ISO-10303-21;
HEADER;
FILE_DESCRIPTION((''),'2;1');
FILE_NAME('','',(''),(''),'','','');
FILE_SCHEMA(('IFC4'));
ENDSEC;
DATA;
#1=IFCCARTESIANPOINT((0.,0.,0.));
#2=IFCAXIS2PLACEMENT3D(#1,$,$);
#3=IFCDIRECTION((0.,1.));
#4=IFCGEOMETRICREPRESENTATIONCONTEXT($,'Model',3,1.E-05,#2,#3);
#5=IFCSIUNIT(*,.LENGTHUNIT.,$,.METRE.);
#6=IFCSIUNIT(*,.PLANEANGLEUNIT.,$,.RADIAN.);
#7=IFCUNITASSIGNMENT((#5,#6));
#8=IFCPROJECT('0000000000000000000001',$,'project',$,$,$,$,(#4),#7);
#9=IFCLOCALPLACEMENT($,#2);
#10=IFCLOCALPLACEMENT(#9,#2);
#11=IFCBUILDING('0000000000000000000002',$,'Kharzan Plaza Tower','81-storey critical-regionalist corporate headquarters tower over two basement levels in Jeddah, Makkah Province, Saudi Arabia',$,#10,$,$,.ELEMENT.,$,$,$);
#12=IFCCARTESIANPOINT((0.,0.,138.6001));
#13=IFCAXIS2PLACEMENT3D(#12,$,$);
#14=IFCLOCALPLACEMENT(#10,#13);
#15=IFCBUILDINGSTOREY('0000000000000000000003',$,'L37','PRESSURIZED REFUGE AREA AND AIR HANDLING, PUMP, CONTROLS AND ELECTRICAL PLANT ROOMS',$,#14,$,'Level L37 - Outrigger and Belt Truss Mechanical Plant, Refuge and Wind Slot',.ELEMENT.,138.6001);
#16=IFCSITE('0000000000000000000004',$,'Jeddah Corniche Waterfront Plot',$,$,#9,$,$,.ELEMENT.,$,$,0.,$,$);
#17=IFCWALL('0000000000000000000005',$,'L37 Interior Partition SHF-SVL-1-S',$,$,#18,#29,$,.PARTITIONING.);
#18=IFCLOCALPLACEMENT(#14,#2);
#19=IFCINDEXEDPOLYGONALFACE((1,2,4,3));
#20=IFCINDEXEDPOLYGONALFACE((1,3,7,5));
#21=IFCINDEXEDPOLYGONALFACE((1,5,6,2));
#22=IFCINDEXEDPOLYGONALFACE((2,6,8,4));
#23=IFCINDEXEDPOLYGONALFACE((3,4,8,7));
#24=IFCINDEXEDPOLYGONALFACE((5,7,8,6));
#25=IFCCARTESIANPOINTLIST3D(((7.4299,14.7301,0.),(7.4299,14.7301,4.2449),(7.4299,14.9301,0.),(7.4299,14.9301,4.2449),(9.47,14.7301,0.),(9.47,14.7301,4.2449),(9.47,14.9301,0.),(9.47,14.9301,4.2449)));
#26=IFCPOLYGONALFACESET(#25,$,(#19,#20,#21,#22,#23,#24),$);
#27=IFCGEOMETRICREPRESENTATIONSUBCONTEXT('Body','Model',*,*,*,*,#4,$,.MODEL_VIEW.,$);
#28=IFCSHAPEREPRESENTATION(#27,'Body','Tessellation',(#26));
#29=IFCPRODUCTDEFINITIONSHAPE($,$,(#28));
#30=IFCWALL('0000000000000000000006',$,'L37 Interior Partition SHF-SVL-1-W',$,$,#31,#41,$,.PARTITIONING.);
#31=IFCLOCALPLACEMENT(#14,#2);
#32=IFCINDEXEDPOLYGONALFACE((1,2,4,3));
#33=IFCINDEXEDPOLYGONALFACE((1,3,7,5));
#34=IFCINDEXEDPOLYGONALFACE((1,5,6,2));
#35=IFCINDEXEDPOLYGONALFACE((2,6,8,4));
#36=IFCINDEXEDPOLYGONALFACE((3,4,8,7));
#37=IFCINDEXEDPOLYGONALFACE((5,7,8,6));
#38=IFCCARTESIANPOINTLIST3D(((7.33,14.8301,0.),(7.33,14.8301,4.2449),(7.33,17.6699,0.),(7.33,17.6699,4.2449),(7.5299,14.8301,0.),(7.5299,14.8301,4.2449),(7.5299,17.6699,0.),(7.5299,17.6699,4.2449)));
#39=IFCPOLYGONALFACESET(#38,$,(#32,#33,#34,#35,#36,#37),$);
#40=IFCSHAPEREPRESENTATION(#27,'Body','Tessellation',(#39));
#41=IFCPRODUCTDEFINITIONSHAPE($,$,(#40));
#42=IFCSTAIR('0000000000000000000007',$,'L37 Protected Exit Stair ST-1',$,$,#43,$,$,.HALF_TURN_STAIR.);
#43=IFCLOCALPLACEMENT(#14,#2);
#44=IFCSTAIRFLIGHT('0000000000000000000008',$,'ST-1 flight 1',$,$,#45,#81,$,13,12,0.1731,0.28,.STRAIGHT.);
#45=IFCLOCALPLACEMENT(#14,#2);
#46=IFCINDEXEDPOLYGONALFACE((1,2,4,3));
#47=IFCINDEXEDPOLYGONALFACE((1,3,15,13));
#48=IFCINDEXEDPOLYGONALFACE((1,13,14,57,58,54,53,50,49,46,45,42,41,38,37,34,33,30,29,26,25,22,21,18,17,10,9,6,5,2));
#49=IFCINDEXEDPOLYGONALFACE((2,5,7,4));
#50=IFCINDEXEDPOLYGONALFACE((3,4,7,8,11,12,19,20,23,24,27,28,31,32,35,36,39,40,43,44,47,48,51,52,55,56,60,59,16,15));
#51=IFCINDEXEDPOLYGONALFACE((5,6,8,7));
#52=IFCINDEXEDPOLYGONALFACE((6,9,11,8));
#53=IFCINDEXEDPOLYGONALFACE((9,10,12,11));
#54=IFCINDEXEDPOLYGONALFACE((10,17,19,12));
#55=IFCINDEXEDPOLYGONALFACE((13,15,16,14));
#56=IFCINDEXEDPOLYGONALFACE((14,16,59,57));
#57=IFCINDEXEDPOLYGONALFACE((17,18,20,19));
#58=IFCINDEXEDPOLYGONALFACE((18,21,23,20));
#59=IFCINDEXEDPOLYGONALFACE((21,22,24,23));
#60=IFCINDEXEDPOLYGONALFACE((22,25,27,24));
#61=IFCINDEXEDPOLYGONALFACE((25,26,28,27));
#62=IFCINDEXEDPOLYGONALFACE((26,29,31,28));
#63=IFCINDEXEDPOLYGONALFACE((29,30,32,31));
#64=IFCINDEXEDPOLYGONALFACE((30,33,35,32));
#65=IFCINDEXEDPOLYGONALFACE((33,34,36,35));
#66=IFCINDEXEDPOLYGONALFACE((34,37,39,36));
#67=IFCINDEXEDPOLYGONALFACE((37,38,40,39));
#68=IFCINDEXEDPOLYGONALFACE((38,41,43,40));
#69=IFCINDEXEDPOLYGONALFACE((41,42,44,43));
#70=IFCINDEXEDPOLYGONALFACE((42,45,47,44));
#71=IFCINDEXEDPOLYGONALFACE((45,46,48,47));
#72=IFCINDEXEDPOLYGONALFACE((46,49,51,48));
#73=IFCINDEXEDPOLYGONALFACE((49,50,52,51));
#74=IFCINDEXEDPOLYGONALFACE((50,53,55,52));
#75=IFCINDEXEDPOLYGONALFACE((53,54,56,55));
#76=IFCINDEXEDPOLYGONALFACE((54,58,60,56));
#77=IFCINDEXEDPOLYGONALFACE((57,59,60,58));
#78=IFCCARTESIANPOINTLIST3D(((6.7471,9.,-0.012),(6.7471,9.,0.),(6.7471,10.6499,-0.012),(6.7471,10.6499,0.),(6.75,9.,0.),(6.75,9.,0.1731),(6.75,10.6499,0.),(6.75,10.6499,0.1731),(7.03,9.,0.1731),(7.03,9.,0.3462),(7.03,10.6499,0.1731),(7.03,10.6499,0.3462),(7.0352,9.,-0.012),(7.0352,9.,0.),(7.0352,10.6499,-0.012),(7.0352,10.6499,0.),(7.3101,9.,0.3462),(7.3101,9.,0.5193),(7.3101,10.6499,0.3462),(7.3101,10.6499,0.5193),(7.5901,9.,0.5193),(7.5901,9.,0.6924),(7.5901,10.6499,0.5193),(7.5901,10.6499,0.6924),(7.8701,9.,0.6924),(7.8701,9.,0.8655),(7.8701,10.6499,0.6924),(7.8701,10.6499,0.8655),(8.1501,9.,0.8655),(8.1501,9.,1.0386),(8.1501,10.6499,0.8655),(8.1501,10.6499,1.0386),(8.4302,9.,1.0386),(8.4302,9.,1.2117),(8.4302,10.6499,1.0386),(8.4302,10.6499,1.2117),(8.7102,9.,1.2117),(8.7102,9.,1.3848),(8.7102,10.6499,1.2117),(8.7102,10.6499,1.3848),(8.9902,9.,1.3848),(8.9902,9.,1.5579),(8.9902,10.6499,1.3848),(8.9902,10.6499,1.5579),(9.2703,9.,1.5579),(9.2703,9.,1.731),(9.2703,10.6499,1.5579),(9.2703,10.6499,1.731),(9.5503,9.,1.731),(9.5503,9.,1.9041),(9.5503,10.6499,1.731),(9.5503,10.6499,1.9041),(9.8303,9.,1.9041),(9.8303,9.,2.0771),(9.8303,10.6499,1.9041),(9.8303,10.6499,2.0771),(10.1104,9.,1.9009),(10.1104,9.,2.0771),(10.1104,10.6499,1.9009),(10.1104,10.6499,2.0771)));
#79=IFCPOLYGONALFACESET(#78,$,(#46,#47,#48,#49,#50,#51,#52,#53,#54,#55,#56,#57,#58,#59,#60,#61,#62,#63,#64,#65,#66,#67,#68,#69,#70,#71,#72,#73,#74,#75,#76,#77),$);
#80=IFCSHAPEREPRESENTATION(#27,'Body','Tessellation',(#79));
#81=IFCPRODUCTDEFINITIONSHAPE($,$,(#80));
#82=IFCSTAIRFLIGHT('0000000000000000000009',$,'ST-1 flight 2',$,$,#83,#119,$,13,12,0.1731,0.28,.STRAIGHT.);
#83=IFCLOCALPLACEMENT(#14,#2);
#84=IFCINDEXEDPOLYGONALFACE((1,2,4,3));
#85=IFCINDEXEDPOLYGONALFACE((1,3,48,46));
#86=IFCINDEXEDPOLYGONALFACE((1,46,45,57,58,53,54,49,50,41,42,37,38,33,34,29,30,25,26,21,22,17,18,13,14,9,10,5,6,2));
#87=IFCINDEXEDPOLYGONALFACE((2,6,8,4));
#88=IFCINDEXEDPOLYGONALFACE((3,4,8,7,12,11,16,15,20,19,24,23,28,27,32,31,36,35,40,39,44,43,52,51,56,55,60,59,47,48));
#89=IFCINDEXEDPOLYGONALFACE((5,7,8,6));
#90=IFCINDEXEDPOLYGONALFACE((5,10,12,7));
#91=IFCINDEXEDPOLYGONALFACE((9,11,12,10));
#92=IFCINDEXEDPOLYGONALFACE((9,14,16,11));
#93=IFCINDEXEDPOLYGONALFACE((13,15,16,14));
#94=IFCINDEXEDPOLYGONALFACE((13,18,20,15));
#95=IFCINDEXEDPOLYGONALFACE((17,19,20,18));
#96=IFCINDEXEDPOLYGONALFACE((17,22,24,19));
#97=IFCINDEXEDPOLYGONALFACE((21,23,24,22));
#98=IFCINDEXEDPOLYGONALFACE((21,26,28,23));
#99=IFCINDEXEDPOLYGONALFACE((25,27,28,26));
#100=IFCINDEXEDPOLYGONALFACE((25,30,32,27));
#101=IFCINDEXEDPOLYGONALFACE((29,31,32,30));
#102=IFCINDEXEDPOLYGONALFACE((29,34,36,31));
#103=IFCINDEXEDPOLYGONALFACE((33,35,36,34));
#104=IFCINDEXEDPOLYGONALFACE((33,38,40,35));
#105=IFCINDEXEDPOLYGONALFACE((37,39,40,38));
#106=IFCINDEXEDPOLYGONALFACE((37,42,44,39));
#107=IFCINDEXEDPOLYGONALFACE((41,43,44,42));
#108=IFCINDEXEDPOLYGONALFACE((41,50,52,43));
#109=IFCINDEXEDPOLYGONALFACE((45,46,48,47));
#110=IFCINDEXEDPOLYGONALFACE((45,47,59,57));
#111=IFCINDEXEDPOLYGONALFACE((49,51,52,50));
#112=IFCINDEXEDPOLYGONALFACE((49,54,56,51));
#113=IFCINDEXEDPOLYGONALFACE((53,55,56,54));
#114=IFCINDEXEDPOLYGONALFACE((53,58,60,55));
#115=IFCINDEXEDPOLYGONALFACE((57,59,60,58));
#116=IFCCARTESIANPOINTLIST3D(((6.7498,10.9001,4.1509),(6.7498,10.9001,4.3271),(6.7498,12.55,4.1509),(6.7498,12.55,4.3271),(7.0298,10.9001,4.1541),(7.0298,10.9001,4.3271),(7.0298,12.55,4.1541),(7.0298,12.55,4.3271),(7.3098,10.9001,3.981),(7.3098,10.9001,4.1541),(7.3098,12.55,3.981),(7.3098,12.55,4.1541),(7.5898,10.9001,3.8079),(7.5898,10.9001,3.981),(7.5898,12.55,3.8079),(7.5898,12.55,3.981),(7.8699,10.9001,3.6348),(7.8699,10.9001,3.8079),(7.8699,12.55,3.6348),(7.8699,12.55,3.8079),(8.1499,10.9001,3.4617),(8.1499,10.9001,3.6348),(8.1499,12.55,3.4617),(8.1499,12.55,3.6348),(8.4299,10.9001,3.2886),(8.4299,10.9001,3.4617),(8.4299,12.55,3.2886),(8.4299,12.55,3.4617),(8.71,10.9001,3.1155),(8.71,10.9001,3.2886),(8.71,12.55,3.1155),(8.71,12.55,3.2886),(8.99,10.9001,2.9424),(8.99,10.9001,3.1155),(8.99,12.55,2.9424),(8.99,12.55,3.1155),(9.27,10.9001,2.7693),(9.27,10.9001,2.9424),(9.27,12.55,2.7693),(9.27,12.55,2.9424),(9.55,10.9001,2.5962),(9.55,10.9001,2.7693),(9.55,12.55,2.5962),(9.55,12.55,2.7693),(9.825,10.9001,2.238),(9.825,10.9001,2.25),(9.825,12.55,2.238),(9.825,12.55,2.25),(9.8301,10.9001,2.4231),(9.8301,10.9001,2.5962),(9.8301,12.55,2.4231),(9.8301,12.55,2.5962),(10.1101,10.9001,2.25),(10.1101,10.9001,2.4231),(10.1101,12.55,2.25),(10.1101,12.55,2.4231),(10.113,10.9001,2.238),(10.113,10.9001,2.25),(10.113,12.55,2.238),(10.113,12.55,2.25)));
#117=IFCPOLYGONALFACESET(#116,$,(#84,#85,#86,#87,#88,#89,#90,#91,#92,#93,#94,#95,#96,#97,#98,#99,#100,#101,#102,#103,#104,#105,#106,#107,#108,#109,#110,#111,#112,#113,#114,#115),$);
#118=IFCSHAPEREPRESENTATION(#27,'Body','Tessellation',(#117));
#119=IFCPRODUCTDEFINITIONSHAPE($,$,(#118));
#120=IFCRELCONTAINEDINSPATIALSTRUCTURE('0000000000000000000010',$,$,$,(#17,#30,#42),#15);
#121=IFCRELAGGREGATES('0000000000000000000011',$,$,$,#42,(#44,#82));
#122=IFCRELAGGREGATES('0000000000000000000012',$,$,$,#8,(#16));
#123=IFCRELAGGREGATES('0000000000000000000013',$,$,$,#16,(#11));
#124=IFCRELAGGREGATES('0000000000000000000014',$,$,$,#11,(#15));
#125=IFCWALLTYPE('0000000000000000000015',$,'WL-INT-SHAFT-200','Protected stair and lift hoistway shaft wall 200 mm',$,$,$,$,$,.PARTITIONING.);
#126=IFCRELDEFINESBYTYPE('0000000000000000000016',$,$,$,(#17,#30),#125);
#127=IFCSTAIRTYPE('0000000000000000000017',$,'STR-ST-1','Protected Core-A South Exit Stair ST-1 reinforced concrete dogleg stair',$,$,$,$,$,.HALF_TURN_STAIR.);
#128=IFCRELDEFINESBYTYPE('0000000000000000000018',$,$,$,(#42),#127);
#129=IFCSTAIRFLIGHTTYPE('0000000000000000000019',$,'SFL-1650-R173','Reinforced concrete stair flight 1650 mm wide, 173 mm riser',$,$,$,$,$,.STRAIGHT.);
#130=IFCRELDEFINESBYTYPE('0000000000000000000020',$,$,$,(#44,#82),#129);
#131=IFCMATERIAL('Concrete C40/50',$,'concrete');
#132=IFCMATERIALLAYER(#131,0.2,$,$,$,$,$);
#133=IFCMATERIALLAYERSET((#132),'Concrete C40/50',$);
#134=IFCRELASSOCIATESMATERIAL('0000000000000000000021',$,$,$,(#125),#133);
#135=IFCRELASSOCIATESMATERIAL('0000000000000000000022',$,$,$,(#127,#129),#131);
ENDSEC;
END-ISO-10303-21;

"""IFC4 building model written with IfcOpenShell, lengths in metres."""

from ifc_helpers import new_model, si_unit, direction, frame, frame_2d, origin, place, context, subcontext, project, spatial, polyline, rectangle, outline, extrude, source, transform, mapped, material, layer, layer_set, type_object, element, aggregate, save


model = new_model("IFC4")

# Units and contexts
model_context = context("Model", 3, precision=1e-05, world=origin(), true_north=direction((0.0, 1.0)))
body_context = subcontext(model_context, "Body", "Model", "MODEL_VIEW")
ifc_project = project(units=[si_unit("LENGTHUNIT", "METRE"), si_unit("PLANEANGLEUNIT", "RADIAN")], contexts=[model_context])

# Site, building, storey
site_placement = place(None, origin())
site = spatial("IfcSite", under=ifc_project, at=site_placement, Name="Jeddah Corniche Waterfront Plot", CompositionType="ELEMENT", RefElevation=0.0)
building_placement = place(site_placement, origin())
building = spatial("IfcBuilding", under=site, at=building_placement, Name="Kharzan Plaza Tower", Description="81-storey critical-regionalist corporate headquarters tower over two basement levels in Jeddah, Makkah Province, Saudi Arabia", CompositionType="ELEMENT")
storey_placement = place(building_placement, frame((0.0, 0.0, 138.6001)))
storey = spatial("IfcBuildingStorey", under=building, at=storey_placement, Name="L37", Description="PRESSURIZED REFUGE AREA AND AIR HANDLING, PUMP, CONTROLS AND ELECTRICAL PLANT ROOMS", LongName="Level L37 - Outrigger and Belt Truss Mechanical Plant, Refuge and Wind Slot", CompositionType="ELEMENT", Elevation=138.6001)

# Shared definitions
ifc_material_1 = material(Name="Concrete C40/50", Category="concrete")
ifc_layer_1 = layer(ifc_material_1, 0.2)
ifc_layer_set_1 = layer_set([ifc_layer_1], Name="Concrete C40/50")
wall_type_1 = type_object("IfcWallType", Name="WL-INT-SHAFT-200", Description="Protected stair and lift hoistway shaft wall 200 mm", PredefinedType="PARTITIONING", material=ifc_layer_set_1)

# Walls
shared_shape_1 = source(origin(), body_context, "Body", "SweptSolid", [
    extrude(rectangle(XDim=2.04, YDim=0.2, at=frame_2d((1.02, 0.0))), origin(), (0.0, 0.0, 1.0), 4.2449),
])
for number, where, z_axis, x_axis, name in (
    (1, (7.4299, 14.8301, 0.0), (0.0, 0.0, 1.0), (1.0, 0.0, 0.0), "L37 Interior Partition SHF-SVL-1-S"),
):
    element("IfcWall", number, at=place(storey_placement, frame(where, z_axis=z_axis, x_axis=x_axis)), inside=storey, type_object=wall_type_1, Name=name, PredefinedType="PARTITIONING", context=body_context, shape_type="MappedRepresentation", body=[
        mapped(shared_shape_1, transform((0.0, 0.0, 0.0), x_axis=(1.0, 0.0, 0.0), y_axis=(0.0, 1.0, 0.0), z_axis=(0.0, 0.0, 1.0))),
    ])
shared_shape_2 = source(origin(), body_context, "Body", "SweptSolid", [
    extrude(rectangle(XDim=2.8398, YDim=0.2, at=frame_2d((1.4199, 0.0))), origin(), (0.0, 0.0, 1.0), 4.2449),
])
wall_1_placement = place(storey_placement, frame((7.4299, 14.8301, 0.0), z_axis=(0.0, 0.0, 1.0), x_axis=(0.0, 1.0, 0.0)))
element("IfcWall", 2, at=wall_1_placement, inside=storey, type_object=wall_type_1, Name="L37 Interior Partition SHF-SVL-1-W", PredefinedType="PARTITIONING", context=body_context, shape_type="MappedRepresentation", body=[
    mapped(shared_shape_2, transform((0.0, 0.0, 0.0), x_axis=(1.0, 0.0, 0.0), y_axis=(0.0, 1.0, 0.0), z_axis=(0.0, 0.0, 1.0))),
])

# Stair, stair flights
stair_type = type_object("IfcStairType", Name="STR-ST-1", Description="Protected Core-A South Exit Stair ST-1 reinforced concrete dogleg stair", PredefinedType="HALF_TURN_STAIR", material=ifc_material_1)
stair_placement = place(storey_placement, origin())
stair = element("IfcStair", 3, at=stair_placement, inside=storey, type_object=stair_type, Name="L37 Protected Exit Stair ST-1", PredefinedType="HALF_TURN_STAIR")
stair_flight_type = type_object("IfcStairFlightType", Name="SFL-1650-R173", Description="Reinforced concrete stair flight 1650 mm wide, 173 mm riser", PredefinedType="STRAIGHT", material=ifc_material_1)
shared_shape_3 = source(origin(), body_context, "Body", "SweptSolid", [
    extrude(outline(polyline([(-0.0029, -0.012), (-0.0029, 0.0), (0.0, 0.0), (0.0, 0.1731), (0.28, 0.1731), (0.28, 0.3462), (0.5601, 0.3462), (0.5601, 0.5193), (0.8401, 0.5193), (0.8401, 0.6924), (1.1201, 0.6924), (1.1201, 0.8655), (1.4001, 0.8655), (1.4001, 1.0386), (1.6802, 1.0386), (1.6802, 1.2117), (1.9602, 1.2117), (1.9602, 1.3848), (2.2402, 1.3848), (2.2402, 1.5579), (2.5203, 1.5579), (2.5203, 1.731), (2.8003, 1.731), (2.8003, 1.9041), (3.0803, 1.9041), (3.0803, 2.0771), (3.3604, 2.0771), (3.3604, 2.2502), (3.3604, 1.9009), (0.2852, 0.0), (0.2852, -0.012), (-0.0029, -0.012)])), frame((0.0, 0.825, 0.0), z_axis=(0.0, -1.0, 0.0), x_axis=(1.0, 0.0, 0.0)), (0.0, 0.0, 1.0), 1.6499),
])
stair_flight_1_placement = place(storey_placement, frame((6.75, 9.825, 0.0), z_axis=(0.0, 0.0, 1.0), x_axis=(1.0, 0.0, 0.0)))
stair_flight_1 = element("IfcStairFlight", 4, at=stair_flight_1_placement, type_object=stair_flight_type, Name="ST-1 flight 1", NumberOfRisers=13, NumberOfTreads=12, PredefinedType="STRAIGHT", RiserHeight=0.1731, TreadLength=0.28, context=body_context, shape_type="MappedRepresentation", body=[
    mapped(shared_shape_3, transform((0.0, 0.0, 0.0), x_axis=(1.0, 0.0, 0.0), y_axis=(0.0, 1.0, 0.0), z_axis=(0.0, 0.0, 1.0))),
])
stair_flight_2_placement = place(storey_placement, frame((10.1101, 11.7251, 2.25), z_axis=(0.0, 0.0, 1.0), x_axis=(-1.0, 0.0, 0.0)))
stair_flight_2 = element("IfcStairFlight", 5, at=stair_flight_2_placement, type_object=stair_flight_type, Name="ST-1 flight 2", NumberOfRisers=13, NumberOfTreads=12, PredefinedType="STRAIGHT", RiserHeight=0.1731, TreadLength=0.28, context=body_context, shape_type="MappedRepresentation", body=[
    mapped(shared_shape_3, transform((0.0, 0.0, 0.0), x_axis=(1.0, 0.0, 0.0), y_axis=(0.0, 1.0, 0.0), z_axis=(0.0, 0.0, 1.0))),
])
aggregate(stair, [stair_flight_1, stair_flight_2])

save(model, "model.ifc")
